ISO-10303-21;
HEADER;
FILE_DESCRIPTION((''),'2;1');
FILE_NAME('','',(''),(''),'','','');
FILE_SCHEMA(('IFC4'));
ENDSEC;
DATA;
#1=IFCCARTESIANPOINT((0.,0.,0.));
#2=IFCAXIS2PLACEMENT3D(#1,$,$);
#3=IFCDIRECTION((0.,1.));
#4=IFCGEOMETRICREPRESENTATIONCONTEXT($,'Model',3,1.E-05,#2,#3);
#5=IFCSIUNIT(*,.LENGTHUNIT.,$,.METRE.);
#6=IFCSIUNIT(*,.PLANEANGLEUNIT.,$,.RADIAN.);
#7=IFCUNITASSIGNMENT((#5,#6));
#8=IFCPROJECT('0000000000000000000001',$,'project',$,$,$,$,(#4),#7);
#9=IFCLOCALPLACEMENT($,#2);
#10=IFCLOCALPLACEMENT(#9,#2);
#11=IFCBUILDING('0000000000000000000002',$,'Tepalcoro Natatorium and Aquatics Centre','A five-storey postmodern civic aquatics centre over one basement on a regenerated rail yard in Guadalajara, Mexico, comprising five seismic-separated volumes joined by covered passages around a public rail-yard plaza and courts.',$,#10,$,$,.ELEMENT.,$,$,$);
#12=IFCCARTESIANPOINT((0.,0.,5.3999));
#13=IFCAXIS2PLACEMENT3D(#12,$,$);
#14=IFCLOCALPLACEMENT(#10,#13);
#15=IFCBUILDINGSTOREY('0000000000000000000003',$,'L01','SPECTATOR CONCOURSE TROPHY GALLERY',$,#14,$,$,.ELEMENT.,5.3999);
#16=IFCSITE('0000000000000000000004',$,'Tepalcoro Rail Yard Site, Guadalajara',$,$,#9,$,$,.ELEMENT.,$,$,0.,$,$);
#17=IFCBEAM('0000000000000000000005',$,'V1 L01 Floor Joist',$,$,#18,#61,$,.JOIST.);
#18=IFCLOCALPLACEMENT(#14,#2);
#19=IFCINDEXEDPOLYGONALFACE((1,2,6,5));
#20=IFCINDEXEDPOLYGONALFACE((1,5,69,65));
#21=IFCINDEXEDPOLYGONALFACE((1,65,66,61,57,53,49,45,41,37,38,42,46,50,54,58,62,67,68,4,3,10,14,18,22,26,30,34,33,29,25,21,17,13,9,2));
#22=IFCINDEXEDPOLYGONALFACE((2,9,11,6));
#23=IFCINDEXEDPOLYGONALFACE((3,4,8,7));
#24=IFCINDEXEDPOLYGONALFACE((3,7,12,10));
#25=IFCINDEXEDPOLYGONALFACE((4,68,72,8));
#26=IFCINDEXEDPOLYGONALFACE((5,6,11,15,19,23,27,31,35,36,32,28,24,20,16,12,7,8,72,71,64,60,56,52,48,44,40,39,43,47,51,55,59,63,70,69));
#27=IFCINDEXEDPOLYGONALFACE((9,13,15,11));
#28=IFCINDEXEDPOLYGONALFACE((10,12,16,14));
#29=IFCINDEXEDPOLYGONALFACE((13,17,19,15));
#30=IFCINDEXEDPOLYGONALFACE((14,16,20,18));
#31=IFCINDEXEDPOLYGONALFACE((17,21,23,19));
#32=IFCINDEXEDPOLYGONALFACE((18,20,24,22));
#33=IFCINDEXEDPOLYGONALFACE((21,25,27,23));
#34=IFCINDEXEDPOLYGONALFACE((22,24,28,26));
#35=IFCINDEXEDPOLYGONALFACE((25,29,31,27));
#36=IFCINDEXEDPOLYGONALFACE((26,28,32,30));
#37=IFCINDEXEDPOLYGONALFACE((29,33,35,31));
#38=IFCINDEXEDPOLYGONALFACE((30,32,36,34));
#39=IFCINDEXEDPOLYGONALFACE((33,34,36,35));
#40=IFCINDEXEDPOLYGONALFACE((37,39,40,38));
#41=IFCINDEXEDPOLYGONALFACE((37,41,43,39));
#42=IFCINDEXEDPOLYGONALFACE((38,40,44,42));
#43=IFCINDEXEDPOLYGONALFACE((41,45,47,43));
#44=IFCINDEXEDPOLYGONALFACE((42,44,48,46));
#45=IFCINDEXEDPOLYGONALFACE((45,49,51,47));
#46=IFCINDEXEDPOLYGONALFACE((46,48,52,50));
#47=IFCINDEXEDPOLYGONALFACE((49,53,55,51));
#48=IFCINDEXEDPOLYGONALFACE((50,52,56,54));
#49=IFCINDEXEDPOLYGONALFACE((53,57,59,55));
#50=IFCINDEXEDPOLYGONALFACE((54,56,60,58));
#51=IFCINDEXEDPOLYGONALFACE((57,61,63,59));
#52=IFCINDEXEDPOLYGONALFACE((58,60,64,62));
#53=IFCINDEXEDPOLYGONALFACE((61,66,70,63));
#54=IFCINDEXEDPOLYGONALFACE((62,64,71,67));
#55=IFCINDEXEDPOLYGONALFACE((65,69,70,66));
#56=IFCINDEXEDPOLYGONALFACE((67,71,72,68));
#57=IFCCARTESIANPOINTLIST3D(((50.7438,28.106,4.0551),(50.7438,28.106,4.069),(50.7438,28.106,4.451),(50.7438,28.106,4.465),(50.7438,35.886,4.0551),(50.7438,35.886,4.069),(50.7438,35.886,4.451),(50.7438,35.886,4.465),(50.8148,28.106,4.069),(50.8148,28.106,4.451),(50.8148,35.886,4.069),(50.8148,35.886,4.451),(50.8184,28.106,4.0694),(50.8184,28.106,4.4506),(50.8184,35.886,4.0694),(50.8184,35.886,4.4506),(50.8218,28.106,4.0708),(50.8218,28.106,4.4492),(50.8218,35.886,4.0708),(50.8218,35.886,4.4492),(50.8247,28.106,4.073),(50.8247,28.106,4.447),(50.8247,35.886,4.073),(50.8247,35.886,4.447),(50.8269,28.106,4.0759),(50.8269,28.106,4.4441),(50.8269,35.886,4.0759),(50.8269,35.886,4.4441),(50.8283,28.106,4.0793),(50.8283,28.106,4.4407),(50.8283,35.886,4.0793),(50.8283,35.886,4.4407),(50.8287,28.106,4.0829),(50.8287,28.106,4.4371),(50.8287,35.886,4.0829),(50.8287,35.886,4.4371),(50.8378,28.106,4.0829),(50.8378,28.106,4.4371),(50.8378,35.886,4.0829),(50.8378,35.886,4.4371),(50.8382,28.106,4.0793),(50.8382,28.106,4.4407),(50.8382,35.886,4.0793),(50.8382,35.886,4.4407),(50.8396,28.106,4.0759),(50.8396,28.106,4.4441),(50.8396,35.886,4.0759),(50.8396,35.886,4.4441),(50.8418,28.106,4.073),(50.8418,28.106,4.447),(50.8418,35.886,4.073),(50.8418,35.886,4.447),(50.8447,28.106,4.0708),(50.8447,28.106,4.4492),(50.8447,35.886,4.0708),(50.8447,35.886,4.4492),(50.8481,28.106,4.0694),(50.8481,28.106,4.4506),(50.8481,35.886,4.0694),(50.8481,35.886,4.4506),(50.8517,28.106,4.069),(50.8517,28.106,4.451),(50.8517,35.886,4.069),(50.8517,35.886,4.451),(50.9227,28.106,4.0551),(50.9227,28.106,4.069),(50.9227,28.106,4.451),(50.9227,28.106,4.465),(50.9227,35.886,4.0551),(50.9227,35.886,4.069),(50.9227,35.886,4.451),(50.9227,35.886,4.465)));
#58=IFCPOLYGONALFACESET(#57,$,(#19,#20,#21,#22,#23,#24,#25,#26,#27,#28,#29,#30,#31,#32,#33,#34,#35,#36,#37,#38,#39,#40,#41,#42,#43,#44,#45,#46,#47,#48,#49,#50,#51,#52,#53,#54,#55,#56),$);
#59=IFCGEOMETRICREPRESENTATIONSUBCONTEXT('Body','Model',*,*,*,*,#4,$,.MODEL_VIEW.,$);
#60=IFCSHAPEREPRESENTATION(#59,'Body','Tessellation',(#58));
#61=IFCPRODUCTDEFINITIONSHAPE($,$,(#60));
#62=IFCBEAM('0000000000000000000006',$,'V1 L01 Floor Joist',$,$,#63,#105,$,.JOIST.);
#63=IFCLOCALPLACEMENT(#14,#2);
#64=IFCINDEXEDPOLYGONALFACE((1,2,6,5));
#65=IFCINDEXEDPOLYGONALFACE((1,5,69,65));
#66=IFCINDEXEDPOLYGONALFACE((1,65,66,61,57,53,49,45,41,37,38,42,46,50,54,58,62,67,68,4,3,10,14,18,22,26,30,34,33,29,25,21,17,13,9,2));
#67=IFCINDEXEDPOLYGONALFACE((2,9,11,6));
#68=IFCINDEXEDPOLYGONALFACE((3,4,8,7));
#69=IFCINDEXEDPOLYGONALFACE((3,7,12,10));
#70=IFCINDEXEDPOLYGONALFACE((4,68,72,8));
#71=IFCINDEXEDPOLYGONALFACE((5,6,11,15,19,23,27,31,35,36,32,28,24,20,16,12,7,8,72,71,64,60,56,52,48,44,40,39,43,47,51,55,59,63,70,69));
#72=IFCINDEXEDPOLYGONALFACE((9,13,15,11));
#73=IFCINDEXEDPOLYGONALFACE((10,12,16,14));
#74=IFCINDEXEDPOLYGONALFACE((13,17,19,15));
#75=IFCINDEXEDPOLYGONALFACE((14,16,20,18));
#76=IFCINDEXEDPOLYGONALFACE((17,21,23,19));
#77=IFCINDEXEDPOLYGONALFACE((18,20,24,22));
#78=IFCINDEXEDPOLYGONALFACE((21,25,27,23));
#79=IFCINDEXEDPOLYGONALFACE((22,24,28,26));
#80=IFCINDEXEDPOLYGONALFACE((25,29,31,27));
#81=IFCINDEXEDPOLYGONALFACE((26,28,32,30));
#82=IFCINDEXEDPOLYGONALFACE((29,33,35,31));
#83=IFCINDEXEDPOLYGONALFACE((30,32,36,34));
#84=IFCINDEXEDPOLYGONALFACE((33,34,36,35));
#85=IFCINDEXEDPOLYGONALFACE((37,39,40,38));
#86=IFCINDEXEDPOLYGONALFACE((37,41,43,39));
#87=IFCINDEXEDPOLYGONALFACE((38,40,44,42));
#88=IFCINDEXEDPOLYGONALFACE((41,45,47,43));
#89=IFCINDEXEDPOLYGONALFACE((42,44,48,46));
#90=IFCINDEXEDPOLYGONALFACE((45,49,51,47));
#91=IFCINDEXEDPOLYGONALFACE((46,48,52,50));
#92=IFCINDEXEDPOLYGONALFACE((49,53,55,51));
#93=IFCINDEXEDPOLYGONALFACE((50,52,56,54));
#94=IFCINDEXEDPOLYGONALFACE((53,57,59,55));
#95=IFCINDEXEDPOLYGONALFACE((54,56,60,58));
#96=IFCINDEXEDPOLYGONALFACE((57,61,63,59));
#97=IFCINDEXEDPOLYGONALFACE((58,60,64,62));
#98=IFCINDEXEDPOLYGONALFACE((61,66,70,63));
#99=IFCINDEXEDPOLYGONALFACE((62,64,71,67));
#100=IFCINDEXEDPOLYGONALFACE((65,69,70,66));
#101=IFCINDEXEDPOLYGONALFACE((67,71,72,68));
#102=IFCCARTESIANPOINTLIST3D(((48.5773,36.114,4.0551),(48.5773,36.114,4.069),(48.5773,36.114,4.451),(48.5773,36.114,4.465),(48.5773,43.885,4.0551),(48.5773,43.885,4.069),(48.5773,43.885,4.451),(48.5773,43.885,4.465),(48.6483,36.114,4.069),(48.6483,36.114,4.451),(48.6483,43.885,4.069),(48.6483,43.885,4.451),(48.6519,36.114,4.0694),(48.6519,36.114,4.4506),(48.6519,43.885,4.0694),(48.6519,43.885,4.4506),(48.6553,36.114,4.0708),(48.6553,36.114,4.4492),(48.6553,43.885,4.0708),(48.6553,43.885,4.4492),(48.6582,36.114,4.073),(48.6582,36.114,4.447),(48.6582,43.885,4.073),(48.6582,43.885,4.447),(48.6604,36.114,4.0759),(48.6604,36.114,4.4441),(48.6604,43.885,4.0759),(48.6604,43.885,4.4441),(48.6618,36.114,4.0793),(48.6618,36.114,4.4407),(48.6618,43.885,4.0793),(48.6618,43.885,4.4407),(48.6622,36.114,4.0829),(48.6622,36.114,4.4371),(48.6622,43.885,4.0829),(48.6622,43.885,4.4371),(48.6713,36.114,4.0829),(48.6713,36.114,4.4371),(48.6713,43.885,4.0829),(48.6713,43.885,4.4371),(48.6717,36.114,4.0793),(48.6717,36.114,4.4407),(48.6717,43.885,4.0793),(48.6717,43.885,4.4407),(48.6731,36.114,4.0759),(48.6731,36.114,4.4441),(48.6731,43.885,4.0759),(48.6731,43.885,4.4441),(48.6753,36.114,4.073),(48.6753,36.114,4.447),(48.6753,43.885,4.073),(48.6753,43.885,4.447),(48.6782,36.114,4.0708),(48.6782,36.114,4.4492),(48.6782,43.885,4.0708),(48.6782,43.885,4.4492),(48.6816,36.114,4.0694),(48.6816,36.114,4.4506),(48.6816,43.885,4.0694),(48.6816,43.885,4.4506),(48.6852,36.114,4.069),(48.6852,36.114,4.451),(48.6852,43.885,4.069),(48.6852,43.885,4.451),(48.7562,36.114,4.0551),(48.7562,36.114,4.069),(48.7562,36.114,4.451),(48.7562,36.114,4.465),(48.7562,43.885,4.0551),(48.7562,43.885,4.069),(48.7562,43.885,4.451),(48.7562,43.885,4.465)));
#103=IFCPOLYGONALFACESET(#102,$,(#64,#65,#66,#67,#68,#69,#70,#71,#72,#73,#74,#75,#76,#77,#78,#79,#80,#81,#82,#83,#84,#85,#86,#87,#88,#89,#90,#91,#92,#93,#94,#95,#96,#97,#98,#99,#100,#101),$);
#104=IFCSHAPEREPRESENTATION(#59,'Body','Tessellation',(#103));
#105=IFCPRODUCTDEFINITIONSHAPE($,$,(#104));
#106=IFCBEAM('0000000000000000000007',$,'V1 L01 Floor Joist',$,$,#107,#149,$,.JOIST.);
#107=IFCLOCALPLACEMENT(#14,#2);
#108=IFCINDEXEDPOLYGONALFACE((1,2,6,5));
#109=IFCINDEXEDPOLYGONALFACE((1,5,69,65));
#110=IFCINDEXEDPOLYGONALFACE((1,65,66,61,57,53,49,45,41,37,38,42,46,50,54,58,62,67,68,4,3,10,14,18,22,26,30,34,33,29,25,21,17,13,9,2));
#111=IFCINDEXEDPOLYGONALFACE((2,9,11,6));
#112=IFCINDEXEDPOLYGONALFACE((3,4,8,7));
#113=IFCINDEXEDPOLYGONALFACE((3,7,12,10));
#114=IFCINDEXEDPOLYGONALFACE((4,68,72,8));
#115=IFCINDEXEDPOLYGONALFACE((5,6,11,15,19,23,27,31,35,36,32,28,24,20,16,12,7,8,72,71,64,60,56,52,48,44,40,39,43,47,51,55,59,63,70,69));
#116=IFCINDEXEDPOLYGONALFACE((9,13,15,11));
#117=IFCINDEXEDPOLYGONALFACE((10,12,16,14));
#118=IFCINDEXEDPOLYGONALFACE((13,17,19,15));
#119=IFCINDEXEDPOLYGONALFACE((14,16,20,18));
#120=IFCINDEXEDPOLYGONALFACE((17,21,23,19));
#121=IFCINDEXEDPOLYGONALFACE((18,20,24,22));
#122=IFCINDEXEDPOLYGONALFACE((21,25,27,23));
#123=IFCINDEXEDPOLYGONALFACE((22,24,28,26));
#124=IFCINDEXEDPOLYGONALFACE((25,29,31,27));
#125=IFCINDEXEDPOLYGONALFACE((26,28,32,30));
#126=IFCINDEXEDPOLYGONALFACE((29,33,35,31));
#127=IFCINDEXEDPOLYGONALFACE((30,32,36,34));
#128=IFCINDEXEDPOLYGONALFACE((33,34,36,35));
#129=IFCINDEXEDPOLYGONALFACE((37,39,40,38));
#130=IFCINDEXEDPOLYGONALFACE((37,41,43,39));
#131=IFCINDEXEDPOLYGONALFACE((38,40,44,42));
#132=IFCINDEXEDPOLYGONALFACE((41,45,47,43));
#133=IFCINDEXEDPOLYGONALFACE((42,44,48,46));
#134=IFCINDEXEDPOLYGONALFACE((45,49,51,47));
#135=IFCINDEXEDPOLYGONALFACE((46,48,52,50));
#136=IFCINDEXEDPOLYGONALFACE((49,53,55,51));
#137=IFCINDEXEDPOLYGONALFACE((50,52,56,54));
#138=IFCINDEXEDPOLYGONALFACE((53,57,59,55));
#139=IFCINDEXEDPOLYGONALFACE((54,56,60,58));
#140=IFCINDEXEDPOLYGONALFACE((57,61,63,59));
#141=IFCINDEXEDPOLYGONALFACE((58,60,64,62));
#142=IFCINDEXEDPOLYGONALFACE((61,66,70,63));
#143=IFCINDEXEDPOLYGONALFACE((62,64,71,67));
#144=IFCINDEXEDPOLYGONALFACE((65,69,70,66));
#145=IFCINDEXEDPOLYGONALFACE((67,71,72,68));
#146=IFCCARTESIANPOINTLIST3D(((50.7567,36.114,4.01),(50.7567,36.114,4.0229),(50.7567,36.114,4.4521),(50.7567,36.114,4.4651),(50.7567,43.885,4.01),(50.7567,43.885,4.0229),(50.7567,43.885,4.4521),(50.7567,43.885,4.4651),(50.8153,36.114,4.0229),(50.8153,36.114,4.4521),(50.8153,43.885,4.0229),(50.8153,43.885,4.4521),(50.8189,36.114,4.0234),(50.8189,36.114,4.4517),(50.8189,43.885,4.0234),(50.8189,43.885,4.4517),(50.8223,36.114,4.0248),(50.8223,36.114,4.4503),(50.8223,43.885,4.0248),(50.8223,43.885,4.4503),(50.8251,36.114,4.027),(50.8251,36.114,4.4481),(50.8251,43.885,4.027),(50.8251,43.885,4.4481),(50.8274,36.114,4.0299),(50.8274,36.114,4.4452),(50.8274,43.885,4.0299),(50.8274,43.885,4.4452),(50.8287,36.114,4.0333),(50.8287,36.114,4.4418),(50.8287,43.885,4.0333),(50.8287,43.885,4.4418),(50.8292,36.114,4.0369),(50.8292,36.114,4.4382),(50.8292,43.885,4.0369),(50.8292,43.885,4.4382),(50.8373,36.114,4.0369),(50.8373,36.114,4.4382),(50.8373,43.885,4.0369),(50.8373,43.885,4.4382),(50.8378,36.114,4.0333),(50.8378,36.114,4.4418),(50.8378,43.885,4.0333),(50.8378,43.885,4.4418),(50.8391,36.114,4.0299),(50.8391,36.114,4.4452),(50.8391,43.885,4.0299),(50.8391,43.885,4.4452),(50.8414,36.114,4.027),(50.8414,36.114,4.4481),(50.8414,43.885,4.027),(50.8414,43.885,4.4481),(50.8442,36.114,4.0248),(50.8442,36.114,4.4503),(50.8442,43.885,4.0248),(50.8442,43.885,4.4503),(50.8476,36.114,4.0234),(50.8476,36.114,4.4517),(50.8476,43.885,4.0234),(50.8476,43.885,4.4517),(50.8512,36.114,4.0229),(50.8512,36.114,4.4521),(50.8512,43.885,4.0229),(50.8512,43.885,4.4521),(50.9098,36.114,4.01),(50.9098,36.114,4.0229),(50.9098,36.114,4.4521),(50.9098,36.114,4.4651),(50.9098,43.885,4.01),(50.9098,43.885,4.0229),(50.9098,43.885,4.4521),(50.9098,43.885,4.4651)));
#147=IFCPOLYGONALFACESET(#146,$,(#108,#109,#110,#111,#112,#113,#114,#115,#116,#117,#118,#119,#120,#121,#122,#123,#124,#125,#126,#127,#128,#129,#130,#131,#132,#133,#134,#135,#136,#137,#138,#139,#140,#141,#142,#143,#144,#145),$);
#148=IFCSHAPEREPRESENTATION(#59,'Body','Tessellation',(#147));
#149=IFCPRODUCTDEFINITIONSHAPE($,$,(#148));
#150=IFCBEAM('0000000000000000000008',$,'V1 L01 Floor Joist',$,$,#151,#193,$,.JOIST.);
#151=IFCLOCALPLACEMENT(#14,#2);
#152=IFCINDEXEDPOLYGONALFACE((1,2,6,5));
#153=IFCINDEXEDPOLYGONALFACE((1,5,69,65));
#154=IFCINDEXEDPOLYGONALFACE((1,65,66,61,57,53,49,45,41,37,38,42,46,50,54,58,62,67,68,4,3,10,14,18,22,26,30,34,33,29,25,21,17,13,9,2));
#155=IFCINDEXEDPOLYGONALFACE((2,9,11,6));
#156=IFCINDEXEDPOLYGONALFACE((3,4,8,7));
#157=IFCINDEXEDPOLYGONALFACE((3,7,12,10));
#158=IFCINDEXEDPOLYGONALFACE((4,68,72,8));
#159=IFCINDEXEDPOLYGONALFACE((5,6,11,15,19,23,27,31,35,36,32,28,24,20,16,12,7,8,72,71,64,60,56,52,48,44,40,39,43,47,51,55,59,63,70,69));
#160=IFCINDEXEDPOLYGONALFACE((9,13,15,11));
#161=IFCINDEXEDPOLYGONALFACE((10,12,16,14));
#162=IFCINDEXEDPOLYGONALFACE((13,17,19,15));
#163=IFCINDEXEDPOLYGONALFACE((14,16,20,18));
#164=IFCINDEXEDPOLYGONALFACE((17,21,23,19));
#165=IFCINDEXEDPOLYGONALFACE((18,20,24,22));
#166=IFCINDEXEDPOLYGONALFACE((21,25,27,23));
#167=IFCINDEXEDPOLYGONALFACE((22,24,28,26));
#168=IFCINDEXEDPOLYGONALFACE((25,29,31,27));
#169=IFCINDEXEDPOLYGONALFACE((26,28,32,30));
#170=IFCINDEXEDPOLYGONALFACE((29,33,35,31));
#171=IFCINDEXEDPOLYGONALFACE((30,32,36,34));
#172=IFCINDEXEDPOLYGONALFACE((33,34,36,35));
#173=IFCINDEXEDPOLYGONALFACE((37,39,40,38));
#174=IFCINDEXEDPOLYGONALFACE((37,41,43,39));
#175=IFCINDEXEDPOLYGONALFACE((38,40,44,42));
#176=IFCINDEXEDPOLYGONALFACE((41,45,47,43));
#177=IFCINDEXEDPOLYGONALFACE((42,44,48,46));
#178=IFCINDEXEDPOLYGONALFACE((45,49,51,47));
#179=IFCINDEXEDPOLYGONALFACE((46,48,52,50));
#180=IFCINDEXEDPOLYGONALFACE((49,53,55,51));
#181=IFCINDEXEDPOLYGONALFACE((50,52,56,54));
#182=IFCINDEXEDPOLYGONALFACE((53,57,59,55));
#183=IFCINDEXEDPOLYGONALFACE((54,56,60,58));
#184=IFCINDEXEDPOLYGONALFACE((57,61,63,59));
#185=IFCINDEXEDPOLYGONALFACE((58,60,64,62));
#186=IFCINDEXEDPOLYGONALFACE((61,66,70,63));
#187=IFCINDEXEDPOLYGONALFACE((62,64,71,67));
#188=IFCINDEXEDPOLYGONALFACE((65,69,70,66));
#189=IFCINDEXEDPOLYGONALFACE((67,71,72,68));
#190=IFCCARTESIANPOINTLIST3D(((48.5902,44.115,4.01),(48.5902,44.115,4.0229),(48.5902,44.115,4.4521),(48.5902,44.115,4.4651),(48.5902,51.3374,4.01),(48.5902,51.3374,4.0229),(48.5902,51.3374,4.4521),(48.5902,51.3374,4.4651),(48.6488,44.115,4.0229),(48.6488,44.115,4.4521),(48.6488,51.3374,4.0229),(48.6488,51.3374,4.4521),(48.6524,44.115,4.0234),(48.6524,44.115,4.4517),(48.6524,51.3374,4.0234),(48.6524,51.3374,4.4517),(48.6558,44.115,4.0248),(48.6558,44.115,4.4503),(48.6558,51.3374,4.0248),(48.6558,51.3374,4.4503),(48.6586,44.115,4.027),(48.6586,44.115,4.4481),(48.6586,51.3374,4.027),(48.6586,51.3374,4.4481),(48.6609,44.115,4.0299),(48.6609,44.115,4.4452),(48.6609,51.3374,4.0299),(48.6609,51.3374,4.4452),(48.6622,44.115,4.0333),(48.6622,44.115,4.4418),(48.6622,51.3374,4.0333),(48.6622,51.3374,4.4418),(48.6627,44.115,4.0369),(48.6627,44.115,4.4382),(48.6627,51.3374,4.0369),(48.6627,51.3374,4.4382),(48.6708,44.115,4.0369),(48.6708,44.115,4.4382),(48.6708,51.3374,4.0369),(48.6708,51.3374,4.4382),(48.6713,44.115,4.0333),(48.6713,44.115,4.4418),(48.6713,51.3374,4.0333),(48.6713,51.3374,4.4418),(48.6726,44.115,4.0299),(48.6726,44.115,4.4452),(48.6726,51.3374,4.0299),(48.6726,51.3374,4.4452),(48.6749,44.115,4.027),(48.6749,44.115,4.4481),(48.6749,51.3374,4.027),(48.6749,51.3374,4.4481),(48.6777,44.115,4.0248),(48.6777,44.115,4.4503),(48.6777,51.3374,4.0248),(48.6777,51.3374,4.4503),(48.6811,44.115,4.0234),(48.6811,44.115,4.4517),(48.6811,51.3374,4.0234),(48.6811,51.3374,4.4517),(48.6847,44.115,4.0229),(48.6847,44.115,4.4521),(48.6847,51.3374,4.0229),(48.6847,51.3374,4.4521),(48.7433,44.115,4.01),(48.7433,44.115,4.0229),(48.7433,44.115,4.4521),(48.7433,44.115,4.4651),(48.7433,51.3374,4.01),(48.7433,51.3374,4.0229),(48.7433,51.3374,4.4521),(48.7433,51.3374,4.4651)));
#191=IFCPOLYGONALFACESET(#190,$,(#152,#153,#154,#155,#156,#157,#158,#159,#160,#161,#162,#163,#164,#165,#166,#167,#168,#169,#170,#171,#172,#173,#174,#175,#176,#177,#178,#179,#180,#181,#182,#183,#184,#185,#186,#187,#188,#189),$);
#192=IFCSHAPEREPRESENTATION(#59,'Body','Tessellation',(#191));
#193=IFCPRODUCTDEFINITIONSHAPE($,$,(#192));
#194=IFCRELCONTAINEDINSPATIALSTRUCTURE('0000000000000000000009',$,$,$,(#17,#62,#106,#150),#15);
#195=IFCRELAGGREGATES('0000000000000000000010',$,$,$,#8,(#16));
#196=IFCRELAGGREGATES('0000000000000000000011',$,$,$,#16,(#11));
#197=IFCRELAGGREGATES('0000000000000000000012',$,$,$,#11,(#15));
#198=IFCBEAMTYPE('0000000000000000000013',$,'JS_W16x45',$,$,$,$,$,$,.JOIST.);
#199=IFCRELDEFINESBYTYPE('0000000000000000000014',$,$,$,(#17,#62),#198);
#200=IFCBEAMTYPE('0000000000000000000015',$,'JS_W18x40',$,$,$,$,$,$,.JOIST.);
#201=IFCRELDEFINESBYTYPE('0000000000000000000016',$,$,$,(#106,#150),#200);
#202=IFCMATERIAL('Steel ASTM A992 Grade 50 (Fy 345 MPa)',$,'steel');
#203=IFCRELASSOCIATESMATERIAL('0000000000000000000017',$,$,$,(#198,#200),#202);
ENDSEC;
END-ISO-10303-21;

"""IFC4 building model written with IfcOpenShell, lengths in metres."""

from ifc_helpers import new_model, si_unit, direction, frame, origin, origin_2d, place, context, subcontext, project, spatial, i_section, extrude, material, material_profile, profile_set, type_object, element, save


model = new_model("IFC4")

# Units and contexts
model_context = context("Model", 3, precision=1e-05, world=origin(), true_north=direction((0.0, 1.0)))
body_context = subcontext(model_context, "Body", "Model", "MODEL_VIEW")
ifc_project = project(units=[si_unit("LENGTHUNIT", "METRE"), si_unit("PLANEANGLEUNIT", "RADIAN")], contexts=[model_context])

# Site, building, storey
site_placement = place(None, origin())
site = spatial("IfcSite", under=ifc_project, at=site_placement, Name="Tepalcoro Rail Yard Site, Guadalajara", CompositionType="ELEMENT", RefElevation=0.0)
building_placement = place(site_placement, origin())
building = spatial("IfcBuilding", under=site, at=building_placement, Name="Tepalcoro Natatorium and Aquatics Centre", Description="A five-storey postmodern civic aquatics centre over one basement on a regenerated rail yard in Guadalajara, Mexico, comprising five seismic-separated volumes joined by covered passages around a public rail-yard plaza and courts.", CompositionType="ELEMENT")
storey_placement = place(building_placement, frame((0.0, 0.0, 5.3999)))
storey = spatial("IfcBuildingStorey", under=building, at=storey_placement, Name="L01", Description="SPECTATOR CONCOURSE TROPHY GALLERY", CompositionType="ELEMENT", Elevation=5.3999)

# Beams
ifc_material_1 = material(Name="Steel ASTM A992 Grade 50 (Fy 345 MPa)", Category="steel")
ifc_material_profile_1 = material_profile(ifc_material_1, i_section(OverallWidth=0.179, OverallDepth=0.4099, WebThickness=0.009, FlangeThickness=0.0139, FilletRadius=0.0139, at=origin_2d()), Name="W16X45")
ifc_profile_set_1 = profile_set([ifc_material_profile_1], Name="Steel ASTM A992 Grade 50 (Fy 345 MPa)")
beam_type_1 = type_object("IfcBeamType", Name="JS_W16x45", PredefinedType="JOIST", material=ifc_profile_set_1)
beam_1_placement = place(storey_placement, frame((50.8333, 28.106, 4.26), z_axis=(0.0, 1.0, 0.0), x_axis=(-1.0, 0.0, 0.0)))
element("IfcBeam", 1, at=beam_1_placement, inside=storey, type_object=beam_type_1, Name="V1 L01 Floor Joist", PredefinedType="JOIST", context=body_context, shape_type="SweptSolid", body=[
    extrude(i_section(OverallWidth=0.179, OverallDepth=0.4099, WebThickness=0.009, FlangeThickness=0.0139, FilletRadius=0.0139, at=origin_2d()), origin(), (0.0, 0.0, 1.0), 7.78),
])
beam_2_placement = place(storey_placement, frame((48.6667, 36.114, 4.26), z_axis=(0.0, 1.0, 0.0), x_axis=(-1.0, 0.0, 0.0)))
element("IfcBeam", 2, at=beam_2_placement, inside=storey, type_object=beam_type_1, Name="V1 L01 Floor Joist", PredefinedType="JOIST", context=body_context, shape_type="SweptSolid", body=[
    extrude(i_section(OverallWidth=0.179, OverallDepth=0.4099, WebThickness=0.009, FlangeThickness=0.0139, FilletRadius=0.0139, at=origin_2d()), origin(), (0.0, 0.0, 1.0), 7.771),
])
ifc_material_profile_2 = material_profile(ifc_material_1, i_section(OverallWidth=0.1531, OverallDepth=0.4551, WebThickness=0.0081, FlangeThickness=0.0129, FilletRadius=0.0139, at=origin_2d()), Name="W18X40")
ifc_profile_set_2 = profile_set([ifc_material_profile_2], Name="Steel ASTM A992 Grade 50 (Fy 345 MPa)")
beam_type_2 = type_object("IfcBeamType", Name="JS_W18x40", PredefinedType="JOIST", material=ifc_profile_set_2)
beam_3_placement = place(storey_placement, frame((50.8333, 36.114, 4.2375), z_axis=(0.0, 1.0, 0.0), x_axis=(-1.0, 0.0, 0.0)))
element("IfcBeam", 3, at=beam_3_placement, inside=storey, type_object=beam_type_2, Name="V1 L01 Floor Joist", PredefinedType="JOIST", context=body_context, shape_type="SweptSolid", body=[
    extrude(i_section(OverallWidth=0.1531, OverallDepth=0.4551, WebThickness=0.0081, FlangeThickness=0.0129, FilletRadius=0.0139, at=origin_2d()), origin(), (0.0, 0.0, 1.0), 7.771),
])
beam_4_placement = place(storey_placement, frame((48.6667, 44.115, 4.2375), z_axis=(0.0, 1.0, 0.0), x_axis=(-1.0, 0.0, 0.0)))
element("IfcBeam", 4, at=beam_4_placement, inside=storey, type_object=beam_type_2, Name="V1 L01 Floor Joist", PredefinedType="JOIST", context=body_context, shape_type="SweptSolid", body=[
    extrude(i_section(OverallWidth=0.1531, OverallDepth=0.4551, WebThickness=0.0081, FlangeThickness=0.0129, FilletRadius=0.0139, at=origin_2d()), origin(), (0.0, 0.0, 1.0), 7.2224),
])

save(model, "model.ifc")
